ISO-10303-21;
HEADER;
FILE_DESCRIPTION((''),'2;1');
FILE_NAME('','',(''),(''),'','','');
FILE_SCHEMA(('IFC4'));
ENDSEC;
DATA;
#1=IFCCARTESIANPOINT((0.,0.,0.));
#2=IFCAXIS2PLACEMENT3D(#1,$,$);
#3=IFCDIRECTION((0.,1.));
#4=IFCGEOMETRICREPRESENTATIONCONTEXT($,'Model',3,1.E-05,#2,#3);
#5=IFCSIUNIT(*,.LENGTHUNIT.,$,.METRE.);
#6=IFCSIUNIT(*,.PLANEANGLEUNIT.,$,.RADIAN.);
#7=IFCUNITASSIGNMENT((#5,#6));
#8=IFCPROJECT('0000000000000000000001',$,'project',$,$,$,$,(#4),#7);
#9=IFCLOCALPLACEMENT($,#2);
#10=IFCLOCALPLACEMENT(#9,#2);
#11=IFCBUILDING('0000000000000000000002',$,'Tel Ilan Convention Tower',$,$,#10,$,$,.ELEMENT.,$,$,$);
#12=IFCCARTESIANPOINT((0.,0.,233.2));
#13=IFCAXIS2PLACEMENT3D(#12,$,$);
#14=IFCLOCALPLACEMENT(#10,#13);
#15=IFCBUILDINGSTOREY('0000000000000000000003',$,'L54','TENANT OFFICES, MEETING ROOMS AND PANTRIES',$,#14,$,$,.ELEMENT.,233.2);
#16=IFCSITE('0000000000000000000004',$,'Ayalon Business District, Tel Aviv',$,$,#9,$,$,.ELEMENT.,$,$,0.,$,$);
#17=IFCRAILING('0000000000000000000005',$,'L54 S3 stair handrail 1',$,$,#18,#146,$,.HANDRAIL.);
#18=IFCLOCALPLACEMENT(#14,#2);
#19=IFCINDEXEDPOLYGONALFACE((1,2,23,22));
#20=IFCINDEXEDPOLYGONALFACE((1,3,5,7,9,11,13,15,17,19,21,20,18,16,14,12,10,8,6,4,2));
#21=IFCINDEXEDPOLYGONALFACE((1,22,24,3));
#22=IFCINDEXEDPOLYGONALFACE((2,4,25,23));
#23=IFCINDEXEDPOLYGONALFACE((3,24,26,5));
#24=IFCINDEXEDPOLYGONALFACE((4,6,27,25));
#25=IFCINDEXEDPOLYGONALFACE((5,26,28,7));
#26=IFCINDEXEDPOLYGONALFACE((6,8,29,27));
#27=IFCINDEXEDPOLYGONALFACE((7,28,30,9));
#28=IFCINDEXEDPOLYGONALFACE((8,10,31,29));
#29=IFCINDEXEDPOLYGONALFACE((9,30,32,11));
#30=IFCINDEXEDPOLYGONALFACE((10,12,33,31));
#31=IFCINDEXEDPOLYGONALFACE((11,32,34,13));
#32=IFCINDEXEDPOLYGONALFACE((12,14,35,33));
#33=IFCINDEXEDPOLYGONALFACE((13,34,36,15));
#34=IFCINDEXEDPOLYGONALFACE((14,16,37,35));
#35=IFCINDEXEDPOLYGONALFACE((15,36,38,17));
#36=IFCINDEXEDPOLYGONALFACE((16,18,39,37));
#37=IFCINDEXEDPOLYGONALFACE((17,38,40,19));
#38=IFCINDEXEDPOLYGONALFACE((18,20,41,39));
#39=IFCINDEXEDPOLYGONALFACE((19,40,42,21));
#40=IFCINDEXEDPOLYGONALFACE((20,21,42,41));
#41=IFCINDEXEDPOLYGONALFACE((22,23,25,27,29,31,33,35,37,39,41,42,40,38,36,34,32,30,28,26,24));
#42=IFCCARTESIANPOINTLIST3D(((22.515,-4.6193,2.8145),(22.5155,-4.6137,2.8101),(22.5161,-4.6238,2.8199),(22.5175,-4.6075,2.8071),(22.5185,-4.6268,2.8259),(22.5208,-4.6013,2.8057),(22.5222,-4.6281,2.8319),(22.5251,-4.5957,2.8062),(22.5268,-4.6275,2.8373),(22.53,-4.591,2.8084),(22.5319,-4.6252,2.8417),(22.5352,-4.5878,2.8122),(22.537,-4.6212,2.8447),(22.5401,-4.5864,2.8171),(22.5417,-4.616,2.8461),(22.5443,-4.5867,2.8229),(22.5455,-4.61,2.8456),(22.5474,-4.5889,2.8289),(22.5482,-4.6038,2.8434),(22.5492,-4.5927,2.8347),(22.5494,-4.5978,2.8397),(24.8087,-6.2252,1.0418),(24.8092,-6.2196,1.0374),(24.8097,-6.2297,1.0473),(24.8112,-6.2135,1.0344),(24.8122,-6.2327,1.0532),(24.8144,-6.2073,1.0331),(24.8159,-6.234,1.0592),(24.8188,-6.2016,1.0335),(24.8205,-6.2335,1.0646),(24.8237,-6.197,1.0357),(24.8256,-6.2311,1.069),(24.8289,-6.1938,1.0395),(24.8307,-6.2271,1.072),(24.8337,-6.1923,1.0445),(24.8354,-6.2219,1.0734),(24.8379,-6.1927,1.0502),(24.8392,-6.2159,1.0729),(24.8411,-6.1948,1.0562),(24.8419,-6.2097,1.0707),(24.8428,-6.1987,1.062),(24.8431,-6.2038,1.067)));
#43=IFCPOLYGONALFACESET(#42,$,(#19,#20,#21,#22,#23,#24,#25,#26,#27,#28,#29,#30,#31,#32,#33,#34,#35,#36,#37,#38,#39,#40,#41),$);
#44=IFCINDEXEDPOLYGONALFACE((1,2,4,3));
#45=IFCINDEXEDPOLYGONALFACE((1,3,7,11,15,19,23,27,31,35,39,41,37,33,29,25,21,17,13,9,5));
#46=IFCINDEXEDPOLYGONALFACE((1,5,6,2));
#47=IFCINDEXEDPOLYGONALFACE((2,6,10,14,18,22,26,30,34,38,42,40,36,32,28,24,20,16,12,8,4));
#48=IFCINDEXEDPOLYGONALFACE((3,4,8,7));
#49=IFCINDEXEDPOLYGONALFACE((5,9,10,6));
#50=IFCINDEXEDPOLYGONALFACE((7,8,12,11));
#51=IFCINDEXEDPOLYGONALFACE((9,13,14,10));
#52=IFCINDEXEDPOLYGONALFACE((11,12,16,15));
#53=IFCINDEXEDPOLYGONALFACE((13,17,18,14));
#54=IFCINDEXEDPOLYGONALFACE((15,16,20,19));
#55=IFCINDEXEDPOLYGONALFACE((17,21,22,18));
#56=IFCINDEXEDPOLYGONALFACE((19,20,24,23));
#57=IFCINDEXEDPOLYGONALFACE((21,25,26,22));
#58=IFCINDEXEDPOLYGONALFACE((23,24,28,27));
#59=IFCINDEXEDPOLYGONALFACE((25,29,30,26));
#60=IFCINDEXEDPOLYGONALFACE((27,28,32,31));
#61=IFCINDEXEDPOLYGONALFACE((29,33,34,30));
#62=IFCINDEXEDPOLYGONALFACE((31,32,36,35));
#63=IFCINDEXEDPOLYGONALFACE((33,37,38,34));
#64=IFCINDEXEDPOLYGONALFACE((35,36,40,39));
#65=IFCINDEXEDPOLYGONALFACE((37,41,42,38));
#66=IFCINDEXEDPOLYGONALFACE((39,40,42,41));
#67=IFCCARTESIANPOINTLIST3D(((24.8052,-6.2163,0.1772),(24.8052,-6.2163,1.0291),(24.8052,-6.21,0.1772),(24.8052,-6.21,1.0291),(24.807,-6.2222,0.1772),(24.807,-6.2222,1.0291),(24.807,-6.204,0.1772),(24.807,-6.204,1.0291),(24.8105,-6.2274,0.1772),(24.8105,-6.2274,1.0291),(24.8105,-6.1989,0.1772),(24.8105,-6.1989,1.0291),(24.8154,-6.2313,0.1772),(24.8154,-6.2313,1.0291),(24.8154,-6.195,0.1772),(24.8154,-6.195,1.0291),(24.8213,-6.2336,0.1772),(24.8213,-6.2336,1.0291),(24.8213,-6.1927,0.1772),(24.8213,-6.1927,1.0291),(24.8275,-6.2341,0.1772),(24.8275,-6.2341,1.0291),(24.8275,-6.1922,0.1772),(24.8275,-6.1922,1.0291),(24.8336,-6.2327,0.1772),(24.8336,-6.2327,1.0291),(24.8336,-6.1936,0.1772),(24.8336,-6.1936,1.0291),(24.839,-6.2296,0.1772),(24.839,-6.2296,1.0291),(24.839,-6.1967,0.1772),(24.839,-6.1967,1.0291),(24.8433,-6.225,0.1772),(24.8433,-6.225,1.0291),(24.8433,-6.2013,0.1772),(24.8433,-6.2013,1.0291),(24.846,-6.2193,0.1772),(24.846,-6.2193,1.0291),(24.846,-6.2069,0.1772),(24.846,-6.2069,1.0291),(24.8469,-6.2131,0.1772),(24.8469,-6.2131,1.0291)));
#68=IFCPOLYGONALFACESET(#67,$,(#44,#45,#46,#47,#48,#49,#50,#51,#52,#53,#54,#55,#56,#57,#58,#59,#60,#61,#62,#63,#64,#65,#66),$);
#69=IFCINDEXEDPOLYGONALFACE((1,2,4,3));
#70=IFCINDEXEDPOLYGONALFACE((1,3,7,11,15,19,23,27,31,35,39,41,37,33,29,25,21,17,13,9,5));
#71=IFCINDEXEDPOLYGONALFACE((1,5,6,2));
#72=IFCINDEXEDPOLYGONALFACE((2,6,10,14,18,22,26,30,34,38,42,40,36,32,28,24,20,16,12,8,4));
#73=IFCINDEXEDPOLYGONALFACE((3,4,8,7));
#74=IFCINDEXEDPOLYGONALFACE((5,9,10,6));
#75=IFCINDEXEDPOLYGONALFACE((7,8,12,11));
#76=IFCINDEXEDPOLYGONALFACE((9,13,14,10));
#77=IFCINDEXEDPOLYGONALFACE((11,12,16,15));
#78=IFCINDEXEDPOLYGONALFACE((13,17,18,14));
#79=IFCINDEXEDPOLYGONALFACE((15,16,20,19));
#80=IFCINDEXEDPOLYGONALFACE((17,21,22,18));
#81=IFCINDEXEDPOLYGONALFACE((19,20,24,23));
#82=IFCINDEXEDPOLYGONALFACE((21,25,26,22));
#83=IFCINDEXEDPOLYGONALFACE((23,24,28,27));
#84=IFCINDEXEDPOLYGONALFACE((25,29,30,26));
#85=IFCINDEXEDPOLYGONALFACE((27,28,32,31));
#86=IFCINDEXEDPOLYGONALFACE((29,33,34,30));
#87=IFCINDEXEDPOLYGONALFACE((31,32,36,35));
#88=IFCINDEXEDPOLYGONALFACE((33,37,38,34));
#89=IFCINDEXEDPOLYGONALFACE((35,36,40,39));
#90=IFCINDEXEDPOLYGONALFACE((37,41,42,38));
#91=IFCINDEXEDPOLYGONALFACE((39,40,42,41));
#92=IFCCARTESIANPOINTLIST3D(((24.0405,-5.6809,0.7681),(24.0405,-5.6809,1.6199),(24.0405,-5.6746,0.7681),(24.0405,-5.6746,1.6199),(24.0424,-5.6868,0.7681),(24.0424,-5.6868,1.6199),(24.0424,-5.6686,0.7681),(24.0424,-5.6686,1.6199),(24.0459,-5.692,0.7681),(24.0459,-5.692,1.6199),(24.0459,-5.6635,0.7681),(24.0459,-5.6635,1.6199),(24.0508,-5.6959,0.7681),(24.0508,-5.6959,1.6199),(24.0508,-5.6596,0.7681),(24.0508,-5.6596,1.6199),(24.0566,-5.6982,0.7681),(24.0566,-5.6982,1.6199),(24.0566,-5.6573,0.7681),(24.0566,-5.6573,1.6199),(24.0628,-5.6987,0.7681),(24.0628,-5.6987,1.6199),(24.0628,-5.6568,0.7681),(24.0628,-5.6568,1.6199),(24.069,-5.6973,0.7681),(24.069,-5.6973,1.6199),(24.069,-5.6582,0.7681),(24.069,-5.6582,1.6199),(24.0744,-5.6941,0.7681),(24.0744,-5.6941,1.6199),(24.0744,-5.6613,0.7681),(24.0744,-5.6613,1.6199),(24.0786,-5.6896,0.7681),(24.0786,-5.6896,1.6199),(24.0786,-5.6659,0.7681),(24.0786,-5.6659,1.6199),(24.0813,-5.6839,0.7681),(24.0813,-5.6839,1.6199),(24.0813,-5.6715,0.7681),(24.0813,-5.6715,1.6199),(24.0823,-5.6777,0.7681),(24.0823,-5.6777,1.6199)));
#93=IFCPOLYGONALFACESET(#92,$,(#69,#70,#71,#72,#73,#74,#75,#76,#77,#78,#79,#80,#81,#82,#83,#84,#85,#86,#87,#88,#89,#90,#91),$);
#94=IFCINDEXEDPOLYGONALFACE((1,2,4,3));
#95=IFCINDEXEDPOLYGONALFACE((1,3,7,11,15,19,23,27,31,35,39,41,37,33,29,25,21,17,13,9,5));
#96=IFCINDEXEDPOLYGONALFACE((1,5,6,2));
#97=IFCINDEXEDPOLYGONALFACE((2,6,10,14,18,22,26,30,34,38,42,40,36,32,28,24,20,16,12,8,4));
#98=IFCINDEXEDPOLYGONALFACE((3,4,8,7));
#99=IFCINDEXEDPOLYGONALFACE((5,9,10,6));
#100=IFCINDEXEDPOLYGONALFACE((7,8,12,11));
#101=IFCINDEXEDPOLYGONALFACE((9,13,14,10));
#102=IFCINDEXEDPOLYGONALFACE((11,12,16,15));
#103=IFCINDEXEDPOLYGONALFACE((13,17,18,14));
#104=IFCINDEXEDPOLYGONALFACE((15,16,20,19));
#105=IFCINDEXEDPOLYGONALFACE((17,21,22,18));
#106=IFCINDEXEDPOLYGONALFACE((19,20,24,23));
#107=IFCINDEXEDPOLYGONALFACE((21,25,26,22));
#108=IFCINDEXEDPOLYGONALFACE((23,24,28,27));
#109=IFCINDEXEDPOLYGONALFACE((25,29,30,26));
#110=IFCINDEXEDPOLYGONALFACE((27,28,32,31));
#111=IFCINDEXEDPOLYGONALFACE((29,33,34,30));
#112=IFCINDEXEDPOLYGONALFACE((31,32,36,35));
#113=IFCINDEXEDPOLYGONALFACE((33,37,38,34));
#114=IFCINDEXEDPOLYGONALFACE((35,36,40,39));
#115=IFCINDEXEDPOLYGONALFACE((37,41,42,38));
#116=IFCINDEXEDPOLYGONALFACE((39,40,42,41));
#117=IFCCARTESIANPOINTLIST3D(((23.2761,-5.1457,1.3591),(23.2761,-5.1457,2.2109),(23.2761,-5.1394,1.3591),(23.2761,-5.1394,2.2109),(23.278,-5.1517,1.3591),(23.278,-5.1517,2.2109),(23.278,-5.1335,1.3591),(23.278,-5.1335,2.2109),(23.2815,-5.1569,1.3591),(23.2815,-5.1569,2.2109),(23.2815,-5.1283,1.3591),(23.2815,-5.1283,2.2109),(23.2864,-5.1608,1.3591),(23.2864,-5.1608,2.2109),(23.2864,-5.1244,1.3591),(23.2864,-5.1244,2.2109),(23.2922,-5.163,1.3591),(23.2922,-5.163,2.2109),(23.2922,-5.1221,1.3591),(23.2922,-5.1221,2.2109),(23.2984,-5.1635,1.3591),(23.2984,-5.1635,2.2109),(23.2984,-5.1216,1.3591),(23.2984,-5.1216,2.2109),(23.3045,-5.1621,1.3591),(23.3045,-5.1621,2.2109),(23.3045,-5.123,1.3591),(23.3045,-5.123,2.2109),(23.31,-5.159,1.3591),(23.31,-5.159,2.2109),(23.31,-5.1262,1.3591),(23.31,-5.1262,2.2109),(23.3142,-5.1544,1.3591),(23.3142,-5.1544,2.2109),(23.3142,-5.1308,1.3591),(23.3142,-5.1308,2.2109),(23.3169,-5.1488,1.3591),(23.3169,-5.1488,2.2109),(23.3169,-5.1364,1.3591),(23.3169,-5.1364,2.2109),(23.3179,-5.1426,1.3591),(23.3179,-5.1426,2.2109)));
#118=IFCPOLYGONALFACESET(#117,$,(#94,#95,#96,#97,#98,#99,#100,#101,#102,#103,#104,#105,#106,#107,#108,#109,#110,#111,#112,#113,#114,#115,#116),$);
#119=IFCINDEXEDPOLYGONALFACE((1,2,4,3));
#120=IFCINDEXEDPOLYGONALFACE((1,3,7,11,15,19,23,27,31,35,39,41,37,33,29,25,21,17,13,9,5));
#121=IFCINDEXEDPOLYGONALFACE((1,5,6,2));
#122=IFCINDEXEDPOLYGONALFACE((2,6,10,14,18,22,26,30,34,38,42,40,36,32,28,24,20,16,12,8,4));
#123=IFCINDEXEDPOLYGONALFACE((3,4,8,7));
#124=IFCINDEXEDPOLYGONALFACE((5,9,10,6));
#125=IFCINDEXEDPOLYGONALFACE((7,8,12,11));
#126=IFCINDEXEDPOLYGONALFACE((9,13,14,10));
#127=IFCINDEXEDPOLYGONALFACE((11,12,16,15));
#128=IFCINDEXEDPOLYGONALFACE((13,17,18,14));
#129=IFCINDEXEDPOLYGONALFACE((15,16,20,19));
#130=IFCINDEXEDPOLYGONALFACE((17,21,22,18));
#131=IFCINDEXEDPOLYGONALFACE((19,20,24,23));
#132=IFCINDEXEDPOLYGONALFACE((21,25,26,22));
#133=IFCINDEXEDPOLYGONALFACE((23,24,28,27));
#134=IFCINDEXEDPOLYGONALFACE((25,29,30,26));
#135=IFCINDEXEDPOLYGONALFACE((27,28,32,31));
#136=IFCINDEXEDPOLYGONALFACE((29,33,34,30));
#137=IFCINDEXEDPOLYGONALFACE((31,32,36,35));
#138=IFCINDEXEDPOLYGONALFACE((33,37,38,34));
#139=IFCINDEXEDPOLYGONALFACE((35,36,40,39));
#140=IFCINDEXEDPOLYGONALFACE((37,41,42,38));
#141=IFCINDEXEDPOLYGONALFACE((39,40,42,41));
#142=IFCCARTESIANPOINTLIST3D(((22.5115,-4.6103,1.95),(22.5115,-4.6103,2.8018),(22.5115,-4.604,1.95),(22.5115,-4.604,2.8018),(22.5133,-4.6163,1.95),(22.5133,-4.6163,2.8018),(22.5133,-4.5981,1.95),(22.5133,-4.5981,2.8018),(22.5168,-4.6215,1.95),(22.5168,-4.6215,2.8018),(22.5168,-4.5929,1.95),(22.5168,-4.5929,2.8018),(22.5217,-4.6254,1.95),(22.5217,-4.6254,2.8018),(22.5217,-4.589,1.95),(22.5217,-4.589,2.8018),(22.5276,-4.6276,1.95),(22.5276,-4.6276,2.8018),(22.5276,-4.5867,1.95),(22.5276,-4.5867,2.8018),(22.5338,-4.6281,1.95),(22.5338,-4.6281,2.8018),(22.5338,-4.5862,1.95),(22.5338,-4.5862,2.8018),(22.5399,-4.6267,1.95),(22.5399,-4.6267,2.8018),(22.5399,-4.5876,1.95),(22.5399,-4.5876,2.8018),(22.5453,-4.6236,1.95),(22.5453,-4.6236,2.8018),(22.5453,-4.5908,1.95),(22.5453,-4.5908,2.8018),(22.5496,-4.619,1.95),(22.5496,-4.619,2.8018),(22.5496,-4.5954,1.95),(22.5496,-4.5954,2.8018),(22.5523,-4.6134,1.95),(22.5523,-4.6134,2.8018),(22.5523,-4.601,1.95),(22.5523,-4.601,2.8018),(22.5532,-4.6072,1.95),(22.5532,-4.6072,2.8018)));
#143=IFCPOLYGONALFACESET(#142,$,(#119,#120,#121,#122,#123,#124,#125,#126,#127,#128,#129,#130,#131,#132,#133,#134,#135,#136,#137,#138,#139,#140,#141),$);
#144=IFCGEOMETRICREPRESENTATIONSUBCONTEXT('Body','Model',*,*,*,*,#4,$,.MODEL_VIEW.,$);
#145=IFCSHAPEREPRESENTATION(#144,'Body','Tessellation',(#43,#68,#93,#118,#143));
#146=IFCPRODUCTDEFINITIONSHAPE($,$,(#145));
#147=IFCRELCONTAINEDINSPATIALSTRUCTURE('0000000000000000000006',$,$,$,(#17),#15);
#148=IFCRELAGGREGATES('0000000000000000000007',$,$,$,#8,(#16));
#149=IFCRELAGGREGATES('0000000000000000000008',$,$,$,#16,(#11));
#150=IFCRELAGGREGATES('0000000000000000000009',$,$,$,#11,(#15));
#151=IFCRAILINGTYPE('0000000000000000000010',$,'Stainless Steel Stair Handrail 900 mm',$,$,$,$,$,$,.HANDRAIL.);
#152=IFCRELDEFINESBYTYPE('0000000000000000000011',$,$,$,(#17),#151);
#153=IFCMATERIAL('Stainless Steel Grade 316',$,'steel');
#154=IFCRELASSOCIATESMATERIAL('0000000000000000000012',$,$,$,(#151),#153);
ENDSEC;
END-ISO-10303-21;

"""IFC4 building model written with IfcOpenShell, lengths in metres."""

from ifc_helpers import new_model, si_unit, direction, frame, origin, origin_2d, place, context, subcontext, project, spatial, circle, extrude, material, type_object, element, save


model = new_model("IFC4")

# Units and contexts
model_context = context("Model", 3, precision=1e-05, world=origin(), true_north=direction((0.0, 1.0)))
body_context = subcontext(model_context, "Body", "Model", "MODEL_VIEW")
ifc_project = project(units=[si_unit("LENGTHUNIT", "METRE"), si_unit("PLANEANGLEUNIT", "RADIAN")], contexts=[model_context])

# Site, building, storey
site_placement = place(None, origin())
site = spatial("IfcSite", under=ifc_project, at=site_placement, Name="Ayalon Business District, Tel Aviv", CompositionType="ELEMENT", RefElevation=0.0)
building_placement = place(site_placement, origin())
building = spatial("IfcBuilding", under=site, at=building_placement, Name="Tel Ilan Convention Tower", CompositionType="ELEMENT")
storey_placement = place(building_placement, frame((0.0, 0.0, 233.2)))
storey = spatial("IfcBuildingStorey", under=building, at=storey_placement, Name="L54", Description="TENANT OFFICES, MEETING ROOMS AND PANTRIES", CompositionType="ELEMENT", Elevation=233.2)

# Railing
ifc_material_1 = material(Name="Stainless Steel Grade 316", Category="steel")
railing_type_1 = type_object("IfcRailingType", Name="Stainless Steel Stair Handrail 900 mm", PredefinedType="HANDRAIL", material=ifc_material_1)
railing_1_placement = place(storey_placement, frame((24.8259, -6.2131, 0.1772)))
element("IfcRailing", 1, at=railing_1_placement, inside=storey, type_object=railing_type_1, Name="L54 S3 stair handrail 1", PredefinedType="HANDRAIL", context=body_context, shape_type="SweptSolid", body=[
    extrude(circle(Radius=0.0239, at=origin_2d()), frame((0.0, 0.0, 0.876), z_axis=(-0.692123, 0.484597, 0.534913), x_axis=(-0.57355, -0.81917, 0.0)), (0.0, 0.0, 1.0), 3.314),
    extrude(circle(Radius=0.021, at=origin_2d()), origin(), (0.0, 0.0, 1.0), 0.8518),
    extrude(circle(Radius=0.021, at=origin_2d()), frame((-0.7646, 0.5354, 0.5908)), (0.0, 0.0, 1.0), 0.8518),
    extrude(circle(Radius=0.021, at=origin_2d()), frame((-1.5291, 1.0706, 1.1819)), (0.0, 0.0, 1.0), 0.8518),
    extrude(circle(Radius=0.021, at=origin_2d()), frame((-2.2937, 1.606, 1.7727)), (0.0, 0.0, 1.0), 0.8518),
])

save(model, "model.ifc")
